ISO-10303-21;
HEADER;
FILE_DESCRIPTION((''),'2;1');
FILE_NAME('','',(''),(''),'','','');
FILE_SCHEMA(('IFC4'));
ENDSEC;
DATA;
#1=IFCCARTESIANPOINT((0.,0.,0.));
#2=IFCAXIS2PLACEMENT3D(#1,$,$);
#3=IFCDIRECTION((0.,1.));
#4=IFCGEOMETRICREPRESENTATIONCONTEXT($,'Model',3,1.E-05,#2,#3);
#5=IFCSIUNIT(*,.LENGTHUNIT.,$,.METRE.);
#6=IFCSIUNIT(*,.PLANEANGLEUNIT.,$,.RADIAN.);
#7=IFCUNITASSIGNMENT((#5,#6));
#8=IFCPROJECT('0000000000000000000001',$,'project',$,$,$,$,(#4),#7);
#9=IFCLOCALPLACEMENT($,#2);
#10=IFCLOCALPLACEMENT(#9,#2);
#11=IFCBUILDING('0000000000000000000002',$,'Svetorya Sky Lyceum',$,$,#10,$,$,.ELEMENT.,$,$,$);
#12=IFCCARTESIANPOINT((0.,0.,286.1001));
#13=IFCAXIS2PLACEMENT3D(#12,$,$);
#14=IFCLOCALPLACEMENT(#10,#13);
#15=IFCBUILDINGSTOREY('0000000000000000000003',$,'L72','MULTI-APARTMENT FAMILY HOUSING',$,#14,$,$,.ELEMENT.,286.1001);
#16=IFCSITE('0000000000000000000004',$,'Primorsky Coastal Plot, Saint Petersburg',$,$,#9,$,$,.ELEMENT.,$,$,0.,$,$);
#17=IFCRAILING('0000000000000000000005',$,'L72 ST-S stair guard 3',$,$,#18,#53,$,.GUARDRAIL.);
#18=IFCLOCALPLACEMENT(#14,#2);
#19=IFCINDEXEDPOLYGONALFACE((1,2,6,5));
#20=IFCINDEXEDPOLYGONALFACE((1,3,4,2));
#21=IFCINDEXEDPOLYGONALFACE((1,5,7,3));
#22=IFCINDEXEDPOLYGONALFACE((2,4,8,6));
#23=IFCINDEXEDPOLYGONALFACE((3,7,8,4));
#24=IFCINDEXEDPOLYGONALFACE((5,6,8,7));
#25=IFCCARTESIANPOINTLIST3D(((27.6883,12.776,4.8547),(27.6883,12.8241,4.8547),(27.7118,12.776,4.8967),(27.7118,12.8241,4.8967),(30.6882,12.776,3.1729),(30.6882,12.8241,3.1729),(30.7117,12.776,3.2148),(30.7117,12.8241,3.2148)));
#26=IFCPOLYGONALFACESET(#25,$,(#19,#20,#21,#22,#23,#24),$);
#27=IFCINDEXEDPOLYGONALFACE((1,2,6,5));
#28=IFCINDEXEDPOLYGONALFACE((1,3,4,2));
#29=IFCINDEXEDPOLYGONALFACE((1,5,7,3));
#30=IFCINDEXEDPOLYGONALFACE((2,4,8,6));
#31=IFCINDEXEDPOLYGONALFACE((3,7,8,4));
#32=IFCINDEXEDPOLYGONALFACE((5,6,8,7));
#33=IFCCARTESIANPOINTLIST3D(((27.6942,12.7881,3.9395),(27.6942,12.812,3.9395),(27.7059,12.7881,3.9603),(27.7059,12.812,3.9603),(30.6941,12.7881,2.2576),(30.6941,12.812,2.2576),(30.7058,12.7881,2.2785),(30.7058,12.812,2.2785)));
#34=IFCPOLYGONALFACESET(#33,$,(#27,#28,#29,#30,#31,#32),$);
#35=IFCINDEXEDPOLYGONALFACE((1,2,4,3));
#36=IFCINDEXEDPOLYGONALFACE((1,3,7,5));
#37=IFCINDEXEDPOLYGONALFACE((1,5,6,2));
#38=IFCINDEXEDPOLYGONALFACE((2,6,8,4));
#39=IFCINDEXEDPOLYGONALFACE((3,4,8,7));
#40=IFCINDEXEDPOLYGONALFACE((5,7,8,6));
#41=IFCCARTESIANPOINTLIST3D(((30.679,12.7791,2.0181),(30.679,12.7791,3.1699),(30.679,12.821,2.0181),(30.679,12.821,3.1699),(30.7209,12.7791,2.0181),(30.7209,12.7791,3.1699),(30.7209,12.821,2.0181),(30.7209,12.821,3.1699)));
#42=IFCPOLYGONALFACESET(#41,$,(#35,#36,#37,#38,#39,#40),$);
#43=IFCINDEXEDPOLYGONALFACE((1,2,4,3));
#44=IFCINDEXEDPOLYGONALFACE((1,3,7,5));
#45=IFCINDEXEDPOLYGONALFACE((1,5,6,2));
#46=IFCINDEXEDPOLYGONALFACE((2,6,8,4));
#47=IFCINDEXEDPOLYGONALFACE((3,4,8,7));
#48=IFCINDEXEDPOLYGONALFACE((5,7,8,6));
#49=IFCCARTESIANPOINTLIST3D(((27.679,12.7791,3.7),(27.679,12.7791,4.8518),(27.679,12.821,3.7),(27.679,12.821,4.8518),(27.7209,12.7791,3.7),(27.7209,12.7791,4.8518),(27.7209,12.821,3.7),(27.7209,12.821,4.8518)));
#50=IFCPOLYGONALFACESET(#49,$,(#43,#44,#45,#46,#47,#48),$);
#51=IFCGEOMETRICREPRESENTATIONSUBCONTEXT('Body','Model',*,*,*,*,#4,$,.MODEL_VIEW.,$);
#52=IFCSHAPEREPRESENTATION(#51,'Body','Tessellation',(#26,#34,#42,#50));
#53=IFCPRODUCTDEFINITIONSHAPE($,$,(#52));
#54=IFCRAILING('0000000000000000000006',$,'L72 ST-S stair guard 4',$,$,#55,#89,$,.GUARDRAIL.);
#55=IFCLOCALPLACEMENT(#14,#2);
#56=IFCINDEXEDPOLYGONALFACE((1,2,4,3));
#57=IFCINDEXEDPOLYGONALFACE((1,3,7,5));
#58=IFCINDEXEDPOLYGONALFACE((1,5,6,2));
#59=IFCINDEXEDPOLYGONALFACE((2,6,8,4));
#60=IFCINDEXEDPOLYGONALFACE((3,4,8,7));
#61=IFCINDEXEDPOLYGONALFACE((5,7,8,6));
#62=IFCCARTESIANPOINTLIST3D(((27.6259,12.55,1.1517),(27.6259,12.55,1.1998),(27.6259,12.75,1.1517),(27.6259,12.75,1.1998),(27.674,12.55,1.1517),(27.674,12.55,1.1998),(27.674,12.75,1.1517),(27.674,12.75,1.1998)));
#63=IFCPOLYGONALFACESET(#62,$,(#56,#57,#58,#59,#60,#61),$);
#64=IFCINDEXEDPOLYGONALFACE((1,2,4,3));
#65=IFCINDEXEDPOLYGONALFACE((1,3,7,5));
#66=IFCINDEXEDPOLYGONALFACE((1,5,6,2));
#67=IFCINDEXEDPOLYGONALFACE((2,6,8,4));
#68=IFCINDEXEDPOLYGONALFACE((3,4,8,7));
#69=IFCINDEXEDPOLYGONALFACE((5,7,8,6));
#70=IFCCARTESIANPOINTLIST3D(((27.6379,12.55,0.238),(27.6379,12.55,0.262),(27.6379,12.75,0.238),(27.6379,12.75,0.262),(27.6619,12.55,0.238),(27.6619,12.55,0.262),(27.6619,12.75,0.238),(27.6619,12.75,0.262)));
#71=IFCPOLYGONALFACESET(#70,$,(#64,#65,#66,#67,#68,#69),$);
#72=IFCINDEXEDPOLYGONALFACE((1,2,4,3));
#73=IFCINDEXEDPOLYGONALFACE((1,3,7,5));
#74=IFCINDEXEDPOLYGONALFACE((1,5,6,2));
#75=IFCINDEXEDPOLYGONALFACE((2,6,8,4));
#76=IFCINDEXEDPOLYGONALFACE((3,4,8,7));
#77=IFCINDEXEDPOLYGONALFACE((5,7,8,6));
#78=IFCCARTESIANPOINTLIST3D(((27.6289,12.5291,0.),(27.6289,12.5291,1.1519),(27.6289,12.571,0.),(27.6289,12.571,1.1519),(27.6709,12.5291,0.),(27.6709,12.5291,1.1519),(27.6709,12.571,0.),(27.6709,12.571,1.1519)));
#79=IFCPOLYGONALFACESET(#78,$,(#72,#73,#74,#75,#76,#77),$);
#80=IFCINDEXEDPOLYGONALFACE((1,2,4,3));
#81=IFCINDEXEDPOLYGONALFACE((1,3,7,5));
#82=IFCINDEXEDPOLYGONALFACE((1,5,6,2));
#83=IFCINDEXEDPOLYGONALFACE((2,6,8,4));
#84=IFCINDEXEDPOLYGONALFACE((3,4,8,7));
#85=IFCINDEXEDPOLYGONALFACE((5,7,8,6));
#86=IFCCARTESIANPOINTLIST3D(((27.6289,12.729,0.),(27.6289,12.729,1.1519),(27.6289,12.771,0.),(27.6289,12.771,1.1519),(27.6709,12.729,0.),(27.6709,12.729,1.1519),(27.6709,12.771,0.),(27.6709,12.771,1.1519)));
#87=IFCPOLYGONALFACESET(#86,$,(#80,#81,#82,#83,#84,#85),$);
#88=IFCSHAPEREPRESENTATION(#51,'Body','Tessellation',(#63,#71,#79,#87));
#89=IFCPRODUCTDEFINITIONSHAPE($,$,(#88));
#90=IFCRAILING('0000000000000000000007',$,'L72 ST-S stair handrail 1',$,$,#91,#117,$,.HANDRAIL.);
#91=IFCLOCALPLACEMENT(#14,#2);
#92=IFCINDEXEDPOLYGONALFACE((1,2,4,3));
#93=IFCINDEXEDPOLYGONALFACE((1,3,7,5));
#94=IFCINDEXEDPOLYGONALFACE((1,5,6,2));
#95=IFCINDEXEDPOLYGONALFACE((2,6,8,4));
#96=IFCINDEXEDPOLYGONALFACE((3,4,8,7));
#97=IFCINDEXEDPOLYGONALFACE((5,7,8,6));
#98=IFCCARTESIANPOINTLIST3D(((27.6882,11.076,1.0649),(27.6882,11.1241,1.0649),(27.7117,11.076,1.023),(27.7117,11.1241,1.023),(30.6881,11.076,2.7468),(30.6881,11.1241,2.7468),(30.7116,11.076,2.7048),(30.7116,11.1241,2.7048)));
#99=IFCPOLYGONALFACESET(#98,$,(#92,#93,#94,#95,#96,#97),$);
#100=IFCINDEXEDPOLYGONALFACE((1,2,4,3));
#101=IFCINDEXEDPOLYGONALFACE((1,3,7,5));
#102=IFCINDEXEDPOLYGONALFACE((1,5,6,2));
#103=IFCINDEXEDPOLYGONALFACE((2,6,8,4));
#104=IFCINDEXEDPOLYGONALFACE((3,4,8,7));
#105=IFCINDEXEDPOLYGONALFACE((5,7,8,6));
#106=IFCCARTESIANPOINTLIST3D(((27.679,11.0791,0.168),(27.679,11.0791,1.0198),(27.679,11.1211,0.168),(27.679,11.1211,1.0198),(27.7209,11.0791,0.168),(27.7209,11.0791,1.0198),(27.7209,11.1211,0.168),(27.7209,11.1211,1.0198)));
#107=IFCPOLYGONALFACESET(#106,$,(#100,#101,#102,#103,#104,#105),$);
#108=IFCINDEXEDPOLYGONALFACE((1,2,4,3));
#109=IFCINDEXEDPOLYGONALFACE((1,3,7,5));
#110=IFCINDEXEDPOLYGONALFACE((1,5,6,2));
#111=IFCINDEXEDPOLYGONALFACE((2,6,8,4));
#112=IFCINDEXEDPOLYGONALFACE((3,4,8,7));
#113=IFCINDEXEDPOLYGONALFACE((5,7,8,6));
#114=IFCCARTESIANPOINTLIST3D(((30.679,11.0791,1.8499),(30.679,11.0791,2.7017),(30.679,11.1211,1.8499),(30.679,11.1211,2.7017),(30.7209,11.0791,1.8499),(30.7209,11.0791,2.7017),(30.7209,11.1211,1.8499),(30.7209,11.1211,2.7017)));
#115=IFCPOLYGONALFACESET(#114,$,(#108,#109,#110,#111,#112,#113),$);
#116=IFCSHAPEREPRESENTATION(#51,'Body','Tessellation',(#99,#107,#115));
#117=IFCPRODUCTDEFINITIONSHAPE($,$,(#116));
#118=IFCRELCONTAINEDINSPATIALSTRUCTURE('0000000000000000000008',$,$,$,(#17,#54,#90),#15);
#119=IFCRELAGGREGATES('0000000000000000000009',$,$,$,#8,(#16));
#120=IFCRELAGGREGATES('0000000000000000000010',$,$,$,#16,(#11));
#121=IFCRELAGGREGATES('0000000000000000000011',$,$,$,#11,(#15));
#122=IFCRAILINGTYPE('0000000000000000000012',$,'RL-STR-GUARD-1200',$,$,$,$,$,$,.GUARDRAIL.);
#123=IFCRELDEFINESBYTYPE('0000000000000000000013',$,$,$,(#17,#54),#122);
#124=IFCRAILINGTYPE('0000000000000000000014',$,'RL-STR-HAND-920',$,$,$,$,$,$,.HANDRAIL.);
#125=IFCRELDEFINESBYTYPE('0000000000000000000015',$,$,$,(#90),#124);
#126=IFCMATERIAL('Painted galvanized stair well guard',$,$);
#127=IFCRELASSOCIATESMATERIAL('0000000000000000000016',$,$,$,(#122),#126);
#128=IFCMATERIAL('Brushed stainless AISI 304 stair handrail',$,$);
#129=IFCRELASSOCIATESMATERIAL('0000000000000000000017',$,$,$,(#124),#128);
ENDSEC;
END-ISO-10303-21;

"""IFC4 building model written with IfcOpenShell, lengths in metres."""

from ifc_helpers import new_model, si_unit, direction, frame, origin, origin_2d, place, context, subcontext, project, spatial, rectangle, extrude, material, type_object, element, save


model = new_model("IFC4")

# Units and contexts
model_context = context("Model", 3, precision=1e-05, world=origin(), true_north=direction((0.0, 1.0)))
body_context = subcontext(model_context, "Body", "Model", "MODEL_VIEW")
ifc_project = project(units=[si_unit("LENGTHUNIT", "METRE"), si_unit("PLANEANGLEUNIT", "RADIAN")], contexts=[model_context])

# Site, building, storey
site_placement = place(None, origin())
site = spatial("IfcSite", under=ifc_project, at=site_placement, Name="Primorsky Coastal Plot, Saint Petersburg", CompositionType="ELEMENT", RefElevation=0.0)
building_placement = place(site_placement, origin())
building = spatial("IfcBuilding", under=site, at=building_placement, Name="Svetorya Sky Lyceum", CompositionType="ELEMENT")
storey_placement = place(building_placement, frame((0.0, 0.0, 286.1001)))
storey = spatial("IfcBuildingStorey", under=building, at=storey_placement, Name="L72", Description="MULTI-APARTMENT FAMILY HOUSING", CompositionType="ELEMENT", Elevation=286.1001)

# Railings
ifc_material_1 = material(Name="Painted galvanized stair well guard")
railing_type_1 = type_object("IfcRailingType", Name="RL-STR-GUARD-1200", PredefinedType="GUARDRAIL", material=ifc_material_1)
railing_1_placement = place(storey_placement, frame((30.7, 12.8, 2.0181)))
element("IfcRailing", 1, at=railing_1_placement, inside=storey, type_object=railing_type_1, Name="L72 ST-S stair guard 3", PredefinedType="GUARDRAIL", context=body_context, shape_type="SweptSolid", body=[
    extrude(rectangle(XDim=0.0481, YDim=0.0481, at=origin_2d()), frame((0.0, 0.0, 1.1758), z_axis=(-0.872272, 0.0, 0.48902), x_axis=(0.0, -1.0, 0.0)), (0.0, 0.0, 1.0), 3.4392),
    extrude(rectangle(XDim=0.0239, YDim=0.0239, at=origin_2d()), frame((0.0, 0.0, 0.25), z_axis=(-0.872272, 0.0, 0.48902), x_axis=(0.0, -1.0, 0.0)), (0.0, 0.0, 1.0), 3.4392),
    extrude(rectangle(XDim=0.042, YDim=0.042, at=origin_2d()), origin(), (0.0, 0.0, 1.0), 1.1519),
    extrude(rectangle(XDim=0.042, YDim=0.042, at=origin_2d()), frame((-3.0, 0.0, 1.6819)), (0.0, 0.0, 1.0), 1.1519),
])
railing_2_placement = place(storey_placement, frame((27.6499, 12.55, 0.0)))
element("IfcRailing", 2, at=railing_2_placement, inside=storey, type_object=railing_type_1, Name="L72 ST-S stair guard 4", PredefinedType="GUARDRAIL", context=body_context, shape_type="SweptSolid", body=[
    extrude(rectangle(XDim=0.0481, YDim=0.0481, at=origin_2d()), frame((0.0, 0.0, 1.1758), z_axis=(0.0, 1.0, 0.0), x_axis=(-1.0, 0.0, 0.0)), (0.0, 0.0, 1.0), 0.2),
    extrude(rectangle(XDim=0.0239, YDim=0.0239, at=origin_2d()), frame((0.0, 0.0, 0.25), z_axis=(0.0, 1.0, 0.0), x_axis=(-1.0, 0.0, 0.0)), (0.0, 0.0, 1.0), 0.2),
    extrude(rectangle(XDim=0.042, YDim=0.042, at=origin_2d()), origin(), (0.0, 0.0, 1.0), 1.1519),
    extrude(rectangle(XDim=0.042, YDim=0.042, at=origin_2d()), frame((0.0, 0.2, 0.0)), (0.0, 0.0, 1.0), 1.1519),
])
ifc_material_2 = material(Name="Brushed stainless AISI 304 stair handrail")
railing_type_2 = type_object("IfcRailingType", Name="RL-STR-HAND-920", PredefinedType="HANDRAIL", material=ifc_material_2)
railing_3_placement = place(storey_placement, frame((27.7, 11.1001, 0.168)))
element("IfcRailing", 3, at=railing_3_placement, inside=storey, type_object=railing_type_2, Name="L72 ST-S stair handrail 1", PredefinedType="HANDRAIL", context=body_context, shape_type="SweptSolid", body=[
    extrude(rectangle(XDim=0.0481, YDim=0.0481, at=origin_2d()), frame((0.0, 0.0, 0.876), z_axis=(0.872272, 0.0, 0.48902), x_axis=(0.0, 1.0, 0.0)), (0.0, 0.0, 1.0), 3.4392),
    extrude(rectangle(XDim=0.042, YDim=0.042, at=origin_2d()), origin(), (0.0, 0.0, 1.0), 0.8518),
    extrude(rectangle(XDim=0.042, YDim=0.042, at=origin_2d()), frame((3.0, 0.0, 1.6819)), (0.0, 0.0, 1.0), 0.8518),
])

save(model, "model.ifc")
